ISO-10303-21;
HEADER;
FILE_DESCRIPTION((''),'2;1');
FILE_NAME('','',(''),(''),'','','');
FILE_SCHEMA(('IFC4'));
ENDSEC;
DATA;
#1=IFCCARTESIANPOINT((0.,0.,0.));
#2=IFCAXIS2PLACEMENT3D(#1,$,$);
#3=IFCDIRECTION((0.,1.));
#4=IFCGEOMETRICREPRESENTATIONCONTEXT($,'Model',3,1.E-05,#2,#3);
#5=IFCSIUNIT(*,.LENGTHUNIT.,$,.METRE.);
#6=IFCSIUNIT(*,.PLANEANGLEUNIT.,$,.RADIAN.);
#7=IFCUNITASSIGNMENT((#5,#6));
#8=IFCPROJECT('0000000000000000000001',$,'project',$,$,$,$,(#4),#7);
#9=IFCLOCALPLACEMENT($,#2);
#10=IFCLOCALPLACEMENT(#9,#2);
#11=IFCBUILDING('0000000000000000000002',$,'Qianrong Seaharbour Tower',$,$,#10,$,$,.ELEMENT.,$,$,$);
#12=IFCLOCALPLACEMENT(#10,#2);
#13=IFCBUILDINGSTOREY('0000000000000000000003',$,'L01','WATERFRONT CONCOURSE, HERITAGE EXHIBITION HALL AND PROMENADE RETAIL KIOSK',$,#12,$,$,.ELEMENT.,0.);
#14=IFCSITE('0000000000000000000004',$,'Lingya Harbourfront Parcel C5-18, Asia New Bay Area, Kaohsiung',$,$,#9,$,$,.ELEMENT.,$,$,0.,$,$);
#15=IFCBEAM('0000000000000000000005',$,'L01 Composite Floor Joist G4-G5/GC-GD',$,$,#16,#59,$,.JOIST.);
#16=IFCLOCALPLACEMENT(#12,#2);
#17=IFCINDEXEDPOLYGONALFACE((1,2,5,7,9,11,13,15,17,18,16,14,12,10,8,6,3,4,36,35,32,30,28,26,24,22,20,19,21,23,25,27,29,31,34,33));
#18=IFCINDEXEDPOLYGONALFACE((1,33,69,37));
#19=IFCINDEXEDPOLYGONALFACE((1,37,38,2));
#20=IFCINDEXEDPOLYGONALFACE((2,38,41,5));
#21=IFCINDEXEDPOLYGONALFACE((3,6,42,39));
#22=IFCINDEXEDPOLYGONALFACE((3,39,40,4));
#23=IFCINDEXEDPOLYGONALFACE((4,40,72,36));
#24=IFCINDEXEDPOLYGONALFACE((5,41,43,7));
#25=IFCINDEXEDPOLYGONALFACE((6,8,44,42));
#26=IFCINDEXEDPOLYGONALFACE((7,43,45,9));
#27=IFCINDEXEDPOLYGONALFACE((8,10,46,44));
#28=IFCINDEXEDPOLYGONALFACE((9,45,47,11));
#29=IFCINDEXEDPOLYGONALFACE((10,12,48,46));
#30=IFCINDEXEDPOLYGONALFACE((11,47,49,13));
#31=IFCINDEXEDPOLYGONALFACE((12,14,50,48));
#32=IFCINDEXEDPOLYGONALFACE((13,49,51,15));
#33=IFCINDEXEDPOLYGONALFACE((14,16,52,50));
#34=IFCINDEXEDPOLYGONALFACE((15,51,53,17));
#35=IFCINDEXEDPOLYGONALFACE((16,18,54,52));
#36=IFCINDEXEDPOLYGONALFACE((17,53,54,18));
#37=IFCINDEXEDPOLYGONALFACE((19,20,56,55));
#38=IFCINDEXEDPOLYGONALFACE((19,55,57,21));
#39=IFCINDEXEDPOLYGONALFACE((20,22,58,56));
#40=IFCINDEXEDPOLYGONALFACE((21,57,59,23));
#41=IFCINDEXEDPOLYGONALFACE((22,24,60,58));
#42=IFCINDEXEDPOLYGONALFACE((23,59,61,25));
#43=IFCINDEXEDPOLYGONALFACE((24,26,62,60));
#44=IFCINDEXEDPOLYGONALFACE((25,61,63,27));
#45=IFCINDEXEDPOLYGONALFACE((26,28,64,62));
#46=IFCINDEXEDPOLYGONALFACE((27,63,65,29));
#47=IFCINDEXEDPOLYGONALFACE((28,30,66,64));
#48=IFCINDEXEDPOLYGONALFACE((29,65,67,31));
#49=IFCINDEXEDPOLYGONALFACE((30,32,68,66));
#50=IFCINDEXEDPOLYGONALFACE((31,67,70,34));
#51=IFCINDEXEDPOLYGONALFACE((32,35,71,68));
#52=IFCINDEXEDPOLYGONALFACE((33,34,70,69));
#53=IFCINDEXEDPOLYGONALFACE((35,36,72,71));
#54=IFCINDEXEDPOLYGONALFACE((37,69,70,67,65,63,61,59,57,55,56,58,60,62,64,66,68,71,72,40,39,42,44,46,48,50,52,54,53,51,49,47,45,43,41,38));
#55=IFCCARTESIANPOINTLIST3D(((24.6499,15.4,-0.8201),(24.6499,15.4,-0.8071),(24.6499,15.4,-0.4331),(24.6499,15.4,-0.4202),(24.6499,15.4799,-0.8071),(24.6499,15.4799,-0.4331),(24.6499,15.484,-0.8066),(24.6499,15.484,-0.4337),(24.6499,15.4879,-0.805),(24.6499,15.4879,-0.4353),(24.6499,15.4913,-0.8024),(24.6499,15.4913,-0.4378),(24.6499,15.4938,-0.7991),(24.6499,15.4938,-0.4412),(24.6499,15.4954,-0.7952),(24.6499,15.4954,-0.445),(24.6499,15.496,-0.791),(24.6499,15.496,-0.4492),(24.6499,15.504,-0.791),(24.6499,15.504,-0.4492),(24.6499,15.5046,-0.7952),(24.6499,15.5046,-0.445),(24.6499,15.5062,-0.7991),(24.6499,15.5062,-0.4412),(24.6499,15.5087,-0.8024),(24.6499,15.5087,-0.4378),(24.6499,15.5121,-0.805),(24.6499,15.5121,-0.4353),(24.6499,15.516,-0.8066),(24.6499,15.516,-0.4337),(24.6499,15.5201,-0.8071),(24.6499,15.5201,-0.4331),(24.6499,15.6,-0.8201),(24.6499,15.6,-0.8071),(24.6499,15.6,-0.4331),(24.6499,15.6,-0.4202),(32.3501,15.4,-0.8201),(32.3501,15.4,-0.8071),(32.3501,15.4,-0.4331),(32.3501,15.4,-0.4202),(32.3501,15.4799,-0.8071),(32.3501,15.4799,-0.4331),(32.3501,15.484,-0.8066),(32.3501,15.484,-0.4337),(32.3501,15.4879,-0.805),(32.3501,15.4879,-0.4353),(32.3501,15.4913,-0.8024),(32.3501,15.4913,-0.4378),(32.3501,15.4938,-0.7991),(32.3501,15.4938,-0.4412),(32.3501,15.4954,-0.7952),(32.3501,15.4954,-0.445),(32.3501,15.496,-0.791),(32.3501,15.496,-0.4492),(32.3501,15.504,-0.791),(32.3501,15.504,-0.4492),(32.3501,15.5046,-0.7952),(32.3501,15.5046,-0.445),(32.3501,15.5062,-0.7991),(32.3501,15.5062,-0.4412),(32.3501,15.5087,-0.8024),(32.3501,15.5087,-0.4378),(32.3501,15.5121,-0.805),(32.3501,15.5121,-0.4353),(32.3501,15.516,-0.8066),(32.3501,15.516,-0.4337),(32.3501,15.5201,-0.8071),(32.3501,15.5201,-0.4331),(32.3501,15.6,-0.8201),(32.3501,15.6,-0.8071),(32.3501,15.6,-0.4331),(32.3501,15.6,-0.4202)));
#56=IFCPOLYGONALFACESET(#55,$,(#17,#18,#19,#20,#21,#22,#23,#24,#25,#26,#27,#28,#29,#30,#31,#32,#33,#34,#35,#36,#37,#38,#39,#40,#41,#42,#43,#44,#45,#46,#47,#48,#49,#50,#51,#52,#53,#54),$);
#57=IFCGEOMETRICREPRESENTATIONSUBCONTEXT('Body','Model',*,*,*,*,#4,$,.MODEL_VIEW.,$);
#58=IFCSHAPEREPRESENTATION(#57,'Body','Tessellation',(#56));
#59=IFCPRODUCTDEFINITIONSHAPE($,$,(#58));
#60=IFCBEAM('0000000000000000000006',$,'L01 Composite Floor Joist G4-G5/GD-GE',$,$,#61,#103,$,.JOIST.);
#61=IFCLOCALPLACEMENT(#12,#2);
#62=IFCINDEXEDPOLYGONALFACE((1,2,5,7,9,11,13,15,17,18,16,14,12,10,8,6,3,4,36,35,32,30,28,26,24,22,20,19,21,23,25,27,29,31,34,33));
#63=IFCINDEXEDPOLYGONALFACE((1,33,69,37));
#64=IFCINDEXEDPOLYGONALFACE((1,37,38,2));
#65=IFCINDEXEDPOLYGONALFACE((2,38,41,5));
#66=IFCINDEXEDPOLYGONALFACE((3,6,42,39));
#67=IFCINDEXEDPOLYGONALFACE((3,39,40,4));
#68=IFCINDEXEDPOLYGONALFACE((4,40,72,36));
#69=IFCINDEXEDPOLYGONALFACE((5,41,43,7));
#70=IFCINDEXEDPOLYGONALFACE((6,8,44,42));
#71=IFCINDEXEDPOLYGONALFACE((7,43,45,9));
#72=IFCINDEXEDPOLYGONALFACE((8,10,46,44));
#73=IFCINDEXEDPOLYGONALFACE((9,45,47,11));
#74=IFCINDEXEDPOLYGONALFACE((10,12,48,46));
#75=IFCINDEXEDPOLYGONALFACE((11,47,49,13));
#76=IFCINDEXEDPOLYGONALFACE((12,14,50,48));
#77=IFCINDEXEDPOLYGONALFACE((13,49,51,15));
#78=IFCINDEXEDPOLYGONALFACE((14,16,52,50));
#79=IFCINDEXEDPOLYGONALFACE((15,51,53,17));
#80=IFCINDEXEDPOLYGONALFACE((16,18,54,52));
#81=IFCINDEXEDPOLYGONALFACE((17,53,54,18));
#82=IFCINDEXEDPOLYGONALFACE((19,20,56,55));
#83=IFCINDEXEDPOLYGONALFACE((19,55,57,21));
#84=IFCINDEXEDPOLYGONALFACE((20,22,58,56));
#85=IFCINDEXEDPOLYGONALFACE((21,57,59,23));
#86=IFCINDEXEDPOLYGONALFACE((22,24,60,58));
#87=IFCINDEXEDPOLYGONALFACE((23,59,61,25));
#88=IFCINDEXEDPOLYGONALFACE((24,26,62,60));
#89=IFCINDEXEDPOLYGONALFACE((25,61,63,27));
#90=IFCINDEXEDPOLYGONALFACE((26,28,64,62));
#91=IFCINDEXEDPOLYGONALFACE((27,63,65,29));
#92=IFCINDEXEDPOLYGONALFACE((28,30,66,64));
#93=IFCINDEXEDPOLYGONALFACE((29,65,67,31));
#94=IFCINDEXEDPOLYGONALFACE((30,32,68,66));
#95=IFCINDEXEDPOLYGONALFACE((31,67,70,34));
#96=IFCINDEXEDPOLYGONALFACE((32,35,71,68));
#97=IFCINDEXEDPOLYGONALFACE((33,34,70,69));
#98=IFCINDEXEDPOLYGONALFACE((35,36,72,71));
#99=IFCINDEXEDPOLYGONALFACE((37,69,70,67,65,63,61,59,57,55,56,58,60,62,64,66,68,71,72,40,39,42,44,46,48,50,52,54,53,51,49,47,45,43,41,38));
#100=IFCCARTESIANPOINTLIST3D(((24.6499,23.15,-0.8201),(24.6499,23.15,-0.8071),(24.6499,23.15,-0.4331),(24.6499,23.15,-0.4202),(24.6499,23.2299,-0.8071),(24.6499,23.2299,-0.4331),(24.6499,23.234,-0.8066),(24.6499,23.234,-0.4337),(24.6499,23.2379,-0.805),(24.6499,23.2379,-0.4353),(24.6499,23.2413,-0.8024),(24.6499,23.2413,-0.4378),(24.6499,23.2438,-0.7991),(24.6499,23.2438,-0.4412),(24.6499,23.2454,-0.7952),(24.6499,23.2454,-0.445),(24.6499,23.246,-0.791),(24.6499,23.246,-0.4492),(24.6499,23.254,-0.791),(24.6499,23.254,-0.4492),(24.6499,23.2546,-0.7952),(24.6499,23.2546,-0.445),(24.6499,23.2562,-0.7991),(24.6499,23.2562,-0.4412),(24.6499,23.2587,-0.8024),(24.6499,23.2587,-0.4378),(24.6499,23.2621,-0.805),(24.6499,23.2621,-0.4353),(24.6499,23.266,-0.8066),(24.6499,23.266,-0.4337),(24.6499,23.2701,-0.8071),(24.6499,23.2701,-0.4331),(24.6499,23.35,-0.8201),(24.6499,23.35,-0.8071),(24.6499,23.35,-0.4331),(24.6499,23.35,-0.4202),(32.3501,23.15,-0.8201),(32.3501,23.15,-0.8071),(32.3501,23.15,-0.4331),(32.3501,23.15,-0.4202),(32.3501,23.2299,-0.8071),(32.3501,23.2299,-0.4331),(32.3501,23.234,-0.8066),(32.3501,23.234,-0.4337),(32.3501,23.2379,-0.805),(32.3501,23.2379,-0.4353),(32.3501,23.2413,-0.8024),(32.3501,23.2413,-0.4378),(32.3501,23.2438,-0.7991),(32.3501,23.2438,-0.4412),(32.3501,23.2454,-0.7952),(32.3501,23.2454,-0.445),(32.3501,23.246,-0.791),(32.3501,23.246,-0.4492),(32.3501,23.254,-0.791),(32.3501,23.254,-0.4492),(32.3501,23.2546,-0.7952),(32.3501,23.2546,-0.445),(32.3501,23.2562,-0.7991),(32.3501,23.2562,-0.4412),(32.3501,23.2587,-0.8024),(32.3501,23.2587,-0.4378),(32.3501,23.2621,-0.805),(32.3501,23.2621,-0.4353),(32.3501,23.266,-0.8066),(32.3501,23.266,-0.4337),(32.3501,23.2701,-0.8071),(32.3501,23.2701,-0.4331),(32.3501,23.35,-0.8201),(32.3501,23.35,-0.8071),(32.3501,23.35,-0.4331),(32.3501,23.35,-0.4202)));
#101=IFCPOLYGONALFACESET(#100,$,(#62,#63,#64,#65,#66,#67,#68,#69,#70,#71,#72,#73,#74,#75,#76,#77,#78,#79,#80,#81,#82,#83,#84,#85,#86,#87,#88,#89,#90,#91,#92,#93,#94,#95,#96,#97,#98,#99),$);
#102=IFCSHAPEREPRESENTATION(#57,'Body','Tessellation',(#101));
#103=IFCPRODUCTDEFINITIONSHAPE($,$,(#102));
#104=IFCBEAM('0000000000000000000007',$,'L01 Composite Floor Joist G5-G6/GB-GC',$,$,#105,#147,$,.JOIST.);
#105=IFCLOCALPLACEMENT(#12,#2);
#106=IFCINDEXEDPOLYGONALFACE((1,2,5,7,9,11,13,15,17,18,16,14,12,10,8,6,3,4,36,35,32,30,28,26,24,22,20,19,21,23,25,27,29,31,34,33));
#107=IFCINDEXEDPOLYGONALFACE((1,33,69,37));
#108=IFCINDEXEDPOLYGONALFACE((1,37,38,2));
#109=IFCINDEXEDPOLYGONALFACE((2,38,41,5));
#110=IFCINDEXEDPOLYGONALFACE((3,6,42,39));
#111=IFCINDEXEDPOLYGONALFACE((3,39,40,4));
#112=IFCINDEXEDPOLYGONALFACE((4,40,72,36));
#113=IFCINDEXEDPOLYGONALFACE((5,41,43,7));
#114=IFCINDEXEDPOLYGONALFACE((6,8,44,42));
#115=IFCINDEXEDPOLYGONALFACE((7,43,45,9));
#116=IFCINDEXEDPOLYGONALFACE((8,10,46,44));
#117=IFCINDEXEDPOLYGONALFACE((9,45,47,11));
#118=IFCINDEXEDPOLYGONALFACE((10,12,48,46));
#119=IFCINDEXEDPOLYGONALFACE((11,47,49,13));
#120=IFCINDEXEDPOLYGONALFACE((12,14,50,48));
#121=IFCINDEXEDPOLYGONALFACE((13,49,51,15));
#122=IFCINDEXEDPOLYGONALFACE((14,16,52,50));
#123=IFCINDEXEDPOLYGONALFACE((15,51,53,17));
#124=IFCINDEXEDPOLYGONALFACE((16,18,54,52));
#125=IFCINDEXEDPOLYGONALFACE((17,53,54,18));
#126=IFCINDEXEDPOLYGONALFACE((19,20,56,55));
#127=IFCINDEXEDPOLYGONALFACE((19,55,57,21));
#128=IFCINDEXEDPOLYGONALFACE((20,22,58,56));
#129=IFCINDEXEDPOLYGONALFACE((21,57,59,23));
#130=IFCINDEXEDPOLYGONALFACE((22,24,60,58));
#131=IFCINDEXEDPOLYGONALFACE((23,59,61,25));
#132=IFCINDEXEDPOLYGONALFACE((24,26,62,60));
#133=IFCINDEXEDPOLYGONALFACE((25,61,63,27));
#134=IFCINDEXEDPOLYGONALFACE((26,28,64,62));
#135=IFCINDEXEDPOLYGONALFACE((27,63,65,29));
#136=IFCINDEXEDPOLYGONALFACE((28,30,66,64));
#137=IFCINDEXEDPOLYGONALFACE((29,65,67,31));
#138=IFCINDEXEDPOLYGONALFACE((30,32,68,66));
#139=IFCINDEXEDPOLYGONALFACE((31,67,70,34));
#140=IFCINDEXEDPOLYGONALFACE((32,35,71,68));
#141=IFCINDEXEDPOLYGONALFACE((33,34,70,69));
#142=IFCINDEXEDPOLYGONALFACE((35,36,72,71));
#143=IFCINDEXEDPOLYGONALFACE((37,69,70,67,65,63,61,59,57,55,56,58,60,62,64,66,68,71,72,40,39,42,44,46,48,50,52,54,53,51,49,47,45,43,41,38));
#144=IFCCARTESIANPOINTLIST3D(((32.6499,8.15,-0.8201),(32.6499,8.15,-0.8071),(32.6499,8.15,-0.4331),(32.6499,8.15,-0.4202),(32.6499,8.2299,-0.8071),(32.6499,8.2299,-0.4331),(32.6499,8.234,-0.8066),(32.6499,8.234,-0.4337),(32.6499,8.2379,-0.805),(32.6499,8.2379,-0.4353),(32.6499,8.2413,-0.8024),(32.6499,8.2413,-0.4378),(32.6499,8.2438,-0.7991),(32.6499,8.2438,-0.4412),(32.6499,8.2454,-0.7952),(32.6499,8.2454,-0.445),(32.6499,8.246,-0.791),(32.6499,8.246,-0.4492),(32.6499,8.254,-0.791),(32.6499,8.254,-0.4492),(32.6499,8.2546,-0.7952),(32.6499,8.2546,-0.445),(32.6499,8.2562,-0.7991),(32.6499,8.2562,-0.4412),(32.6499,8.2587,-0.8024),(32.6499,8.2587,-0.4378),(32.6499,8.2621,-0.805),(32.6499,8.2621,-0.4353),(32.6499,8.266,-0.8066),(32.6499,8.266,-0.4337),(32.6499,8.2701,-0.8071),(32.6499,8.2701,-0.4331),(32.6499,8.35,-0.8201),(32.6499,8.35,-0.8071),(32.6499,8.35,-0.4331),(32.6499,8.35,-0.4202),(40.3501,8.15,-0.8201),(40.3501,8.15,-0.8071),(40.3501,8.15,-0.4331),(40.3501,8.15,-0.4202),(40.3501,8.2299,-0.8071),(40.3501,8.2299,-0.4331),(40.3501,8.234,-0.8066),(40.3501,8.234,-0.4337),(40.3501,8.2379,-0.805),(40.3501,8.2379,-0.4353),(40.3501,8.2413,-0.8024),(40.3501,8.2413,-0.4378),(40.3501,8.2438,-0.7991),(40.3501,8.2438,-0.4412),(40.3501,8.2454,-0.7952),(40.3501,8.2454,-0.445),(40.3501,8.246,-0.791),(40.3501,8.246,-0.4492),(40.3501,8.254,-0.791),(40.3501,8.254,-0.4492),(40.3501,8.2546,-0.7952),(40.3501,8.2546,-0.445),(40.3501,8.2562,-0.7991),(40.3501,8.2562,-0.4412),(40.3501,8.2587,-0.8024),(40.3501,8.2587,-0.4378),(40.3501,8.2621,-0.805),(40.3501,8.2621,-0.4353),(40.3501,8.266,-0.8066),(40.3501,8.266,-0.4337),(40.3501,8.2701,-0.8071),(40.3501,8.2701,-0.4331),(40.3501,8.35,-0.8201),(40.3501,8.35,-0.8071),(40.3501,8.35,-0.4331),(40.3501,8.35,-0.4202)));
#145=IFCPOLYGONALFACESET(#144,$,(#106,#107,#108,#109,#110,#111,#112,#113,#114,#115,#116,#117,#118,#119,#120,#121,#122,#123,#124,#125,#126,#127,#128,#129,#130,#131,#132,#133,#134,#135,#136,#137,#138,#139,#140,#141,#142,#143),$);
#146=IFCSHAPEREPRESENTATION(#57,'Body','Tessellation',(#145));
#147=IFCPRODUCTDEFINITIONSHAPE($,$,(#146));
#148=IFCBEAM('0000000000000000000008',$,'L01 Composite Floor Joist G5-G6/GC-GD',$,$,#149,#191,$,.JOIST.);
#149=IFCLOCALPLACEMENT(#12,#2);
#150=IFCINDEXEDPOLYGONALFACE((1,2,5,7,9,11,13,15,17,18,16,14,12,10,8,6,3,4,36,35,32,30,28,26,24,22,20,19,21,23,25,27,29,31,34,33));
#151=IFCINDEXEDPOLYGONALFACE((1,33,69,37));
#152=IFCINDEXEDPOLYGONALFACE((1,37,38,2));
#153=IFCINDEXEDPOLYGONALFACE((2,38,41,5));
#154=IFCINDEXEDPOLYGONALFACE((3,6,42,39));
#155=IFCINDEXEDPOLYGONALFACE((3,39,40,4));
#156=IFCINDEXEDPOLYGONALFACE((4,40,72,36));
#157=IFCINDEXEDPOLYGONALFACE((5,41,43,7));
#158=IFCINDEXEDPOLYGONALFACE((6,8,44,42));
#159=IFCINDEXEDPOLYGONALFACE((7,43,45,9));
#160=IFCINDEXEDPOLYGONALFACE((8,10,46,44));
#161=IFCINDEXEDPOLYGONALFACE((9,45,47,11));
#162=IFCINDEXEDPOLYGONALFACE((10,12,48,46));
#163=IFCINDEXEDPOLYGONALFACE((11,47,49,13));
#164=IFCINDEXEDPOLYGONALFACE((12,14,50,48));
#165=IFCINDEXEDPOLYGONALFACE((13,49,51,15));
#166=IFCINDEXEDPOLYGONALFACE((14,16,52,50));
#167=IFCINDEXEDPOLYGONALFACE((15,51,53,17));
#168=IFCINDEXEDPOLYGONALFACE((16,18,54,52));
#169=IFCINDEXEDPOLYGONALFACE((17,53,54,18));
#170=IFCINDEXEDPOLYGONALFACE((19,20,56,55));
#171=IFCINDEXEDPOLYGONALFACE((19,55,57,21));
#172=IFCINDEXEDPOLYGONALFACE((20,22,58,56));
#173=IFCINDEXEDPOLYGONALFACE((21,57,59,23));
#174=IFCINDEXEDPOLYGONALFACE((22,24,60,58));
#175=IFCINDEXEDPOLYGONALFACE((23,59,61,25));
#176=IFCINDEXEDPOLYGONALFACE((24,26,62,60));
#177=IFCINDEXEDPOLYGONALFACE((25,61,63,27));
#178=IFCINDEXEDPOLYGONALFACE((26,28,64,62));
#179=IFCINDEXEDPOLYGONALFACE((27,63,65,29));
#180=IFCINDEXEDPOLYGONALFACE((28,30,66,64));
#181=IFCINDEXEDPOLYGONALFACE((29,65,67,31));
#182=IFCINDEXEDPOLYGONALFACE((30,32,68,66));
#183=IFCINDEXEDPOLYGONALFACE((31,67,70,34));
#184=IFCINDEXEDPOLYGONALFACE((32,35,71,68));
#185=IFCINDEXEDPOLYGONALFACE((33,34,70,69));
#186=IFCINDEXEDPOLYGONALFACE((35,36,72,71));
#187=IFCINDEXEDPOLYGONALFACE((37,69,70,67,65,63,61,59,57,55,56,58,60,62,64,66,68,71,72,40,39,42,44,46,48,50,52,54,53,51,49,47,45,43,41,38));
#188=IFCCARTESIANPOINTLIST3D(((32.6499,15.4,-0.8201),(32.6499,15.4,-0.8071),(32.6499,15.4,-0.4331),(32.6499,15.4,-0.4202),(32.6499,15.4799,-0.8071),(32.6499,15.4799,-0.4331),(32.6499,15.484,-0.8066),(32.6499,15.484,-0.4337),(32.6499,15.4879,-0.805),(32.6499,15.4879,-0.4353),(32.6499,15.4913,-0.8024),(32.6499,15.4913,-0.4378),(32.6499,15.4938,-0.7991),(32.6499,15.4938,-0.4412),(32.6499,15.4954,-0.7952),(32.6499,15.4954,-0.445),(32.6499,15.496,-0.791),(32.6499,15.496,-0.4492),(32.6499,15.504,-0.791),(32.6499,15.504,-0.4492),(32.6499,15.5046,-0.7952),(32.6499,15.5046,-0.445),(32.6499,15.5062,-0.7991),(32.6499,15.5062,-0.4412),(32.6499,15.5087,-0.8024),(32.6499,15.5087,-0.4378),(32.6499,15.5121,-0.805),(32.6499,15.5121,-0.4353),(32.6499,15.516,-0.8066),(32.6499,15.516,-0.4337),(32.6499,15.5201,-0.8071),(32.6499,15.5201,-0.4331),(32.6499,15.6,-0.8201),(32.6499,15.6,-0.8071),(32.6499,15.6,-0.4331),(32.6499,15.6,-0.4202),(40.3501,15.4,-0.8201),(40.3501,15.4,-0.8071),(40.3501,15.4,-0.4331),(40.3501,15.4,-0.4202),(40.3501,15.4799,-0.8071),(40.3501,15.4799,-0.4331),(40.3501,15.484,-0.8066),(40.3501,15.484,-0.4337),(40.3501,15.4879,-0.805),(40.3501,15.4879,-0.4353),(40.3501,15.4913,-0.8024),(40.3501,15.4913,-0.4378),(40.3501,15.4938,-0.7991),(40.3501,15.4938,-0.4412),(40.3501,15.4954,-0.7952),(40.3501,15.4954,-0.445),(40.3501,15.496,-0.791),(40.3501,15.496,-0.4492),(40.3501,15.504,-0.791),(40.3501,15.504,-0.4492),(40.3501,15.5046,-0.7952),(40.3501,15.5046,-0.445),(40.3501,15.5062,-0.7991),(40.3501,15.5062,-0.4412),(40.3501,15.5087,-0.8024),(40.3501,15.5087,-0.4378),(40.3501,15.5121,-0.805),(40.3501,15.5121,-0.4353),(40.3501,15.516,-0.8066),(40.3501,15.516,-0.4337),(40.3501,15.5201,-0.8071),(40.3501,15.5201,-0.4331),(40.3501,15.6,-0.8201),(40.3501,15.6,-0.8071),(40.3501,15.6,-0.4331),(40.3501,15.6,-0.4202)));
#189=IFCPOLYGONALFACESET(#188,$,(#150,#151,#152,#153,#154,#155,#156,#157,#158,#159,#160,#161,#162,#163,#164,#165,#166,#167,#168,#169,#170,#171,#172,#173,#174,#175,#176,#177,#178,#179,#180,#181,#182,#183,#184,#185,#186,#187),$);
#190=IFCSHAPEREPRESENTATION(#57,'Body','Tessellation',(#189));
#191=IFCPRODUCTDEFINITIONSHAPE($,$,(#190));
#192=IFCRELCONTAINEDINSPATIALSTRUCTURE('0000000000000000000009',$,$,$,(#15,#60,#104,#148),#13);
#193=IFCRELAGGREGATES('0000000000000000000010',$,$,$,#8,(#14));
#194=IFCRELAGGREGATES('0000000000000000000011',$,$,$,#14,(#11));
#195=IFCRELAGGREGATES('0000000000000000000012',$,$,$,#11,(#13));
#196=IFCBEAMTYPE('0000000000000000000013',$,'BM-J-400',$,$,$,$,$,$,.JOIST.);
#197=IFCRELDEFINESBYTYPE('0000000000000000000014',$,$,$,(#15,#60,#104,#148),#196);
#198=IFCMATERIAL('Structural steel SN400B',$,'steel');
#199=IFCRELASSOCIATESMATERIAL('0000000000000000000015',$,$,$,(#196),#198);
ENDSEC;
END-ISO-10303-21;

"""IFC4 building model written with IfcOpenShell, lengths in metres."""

from ifc_helpers import new_model, si_unit, direction, frame, origin, origin_2d, place, context, subcontext, project, spatial, i_section, extrude, material, material_profile, profile_set, type_object, element, save


model = new_model("IFC4")

# Units and contexts
model_context = context("Model", 3, precision=1e-05, world=origin(), true_north=direction((0.0, 1.0)))
body_context = subcontext(model_context, "Body", "Model", "MODEL_VIEW")
ifc_project = project(units=[si_unit("LENGTHUNIT", "METRE"), si_unit("PLANEANGLEUNIT", "RADIAN")], contexts=[model_context])

# Site, building, storey
site_placement = place(None, origin())
site = spatial("IfcSite", under=ifc_project, at=site_placement, Name="Lingya Harbourfront Parcel C5-18, Asia New Bay Area, Kaohsiung", CompositionType="ELEMENT", RefElevation=0.0)
building_placement = place(site_placement, origin())
building = spatial("IfcBuilding", under=site, at=building_placement, Name="Qianrong Seaharbour Tower", CompositionType="ELEMENT")
storey_placement = place(building_placement, origin())
storey = spatial("IfcBuildingStorey", under=building, at=storey_placement, Name="L01", Description="WATERFRONT CONCOURSE, HERITAGE EXHIBITION HALL AND PROMENADE RETAIL KIOSK", CompositionType="ELEMENT", Elevation=0.0)

# Beams
ifc_material_1 = material(Name="Structural steel SN400B", Category="steel")
ifc_material_profile_1 = material_profile(ifc_material_1, i_section(OverallWidth=0.2, OverallDepth=0.3999, WebThickness=0.0081, FlangeThickness=0.0129, FilletRadius=0.0161, at=origin_2d()), Name="H400x200x8x13")
ifc_profile_set_1 = profile_set([ifc_material_profile_1], Name="Structural steel SN400B")
beam_type_1 = type_object("IfcBeamType", Name="BM-J-400", PredefinedType="JOIST", material=ifc_profile_set_1)
for number, where, z_axis, x_axis, name in (
    (1, (24.6499, 15.5, -0.6201), (1.0, 0.0, 0.0), (0.0, 1.0, 0.0), "L01 Composite Floor Joist G4-G5/GC-GD"),
    (2, (24.6499, 23.25, -0.6201), (1.0, 0.0, 0.0), (0.0, 1.0, 0.0), "L01 Composite Floor Joist G4-G5/GD-GE"),
    (3, (32.6499, 8.25, -0.6201), (1.0, 0.0, 0.0), (0.0, 1.0, 0.0), "L01 Composite Floor Joist G5-G6/GB-GC"),
    (4, (32.6499, 15.5, -0.6201), (1.0, 0.0, 0.0), (0.0, 1.0, 0.0), "L01 Composite Floor Joist G5-G6/GC-GD"),
):
    element("IfcBeam", number, at=place(storey_placement, frame(where, z_axis=z_axis, x_axis=x_axis)), inside=storey, type_object=beam_type_1, Name=name, PredefinedType="JOIST", context=body_context, shape_type="SweptSolid", body=[
        extrude(i_section(OverallWidth=0.2, OverallDepth=0.3999, WebThickness=0.0081, FlangeThickness=0.0129, FilletRadius=0.0161, at=origin_2d()), origin(), (0.0, 0.0, 1.0), 7.7002),
    ])

save(model, "model.ifc")
